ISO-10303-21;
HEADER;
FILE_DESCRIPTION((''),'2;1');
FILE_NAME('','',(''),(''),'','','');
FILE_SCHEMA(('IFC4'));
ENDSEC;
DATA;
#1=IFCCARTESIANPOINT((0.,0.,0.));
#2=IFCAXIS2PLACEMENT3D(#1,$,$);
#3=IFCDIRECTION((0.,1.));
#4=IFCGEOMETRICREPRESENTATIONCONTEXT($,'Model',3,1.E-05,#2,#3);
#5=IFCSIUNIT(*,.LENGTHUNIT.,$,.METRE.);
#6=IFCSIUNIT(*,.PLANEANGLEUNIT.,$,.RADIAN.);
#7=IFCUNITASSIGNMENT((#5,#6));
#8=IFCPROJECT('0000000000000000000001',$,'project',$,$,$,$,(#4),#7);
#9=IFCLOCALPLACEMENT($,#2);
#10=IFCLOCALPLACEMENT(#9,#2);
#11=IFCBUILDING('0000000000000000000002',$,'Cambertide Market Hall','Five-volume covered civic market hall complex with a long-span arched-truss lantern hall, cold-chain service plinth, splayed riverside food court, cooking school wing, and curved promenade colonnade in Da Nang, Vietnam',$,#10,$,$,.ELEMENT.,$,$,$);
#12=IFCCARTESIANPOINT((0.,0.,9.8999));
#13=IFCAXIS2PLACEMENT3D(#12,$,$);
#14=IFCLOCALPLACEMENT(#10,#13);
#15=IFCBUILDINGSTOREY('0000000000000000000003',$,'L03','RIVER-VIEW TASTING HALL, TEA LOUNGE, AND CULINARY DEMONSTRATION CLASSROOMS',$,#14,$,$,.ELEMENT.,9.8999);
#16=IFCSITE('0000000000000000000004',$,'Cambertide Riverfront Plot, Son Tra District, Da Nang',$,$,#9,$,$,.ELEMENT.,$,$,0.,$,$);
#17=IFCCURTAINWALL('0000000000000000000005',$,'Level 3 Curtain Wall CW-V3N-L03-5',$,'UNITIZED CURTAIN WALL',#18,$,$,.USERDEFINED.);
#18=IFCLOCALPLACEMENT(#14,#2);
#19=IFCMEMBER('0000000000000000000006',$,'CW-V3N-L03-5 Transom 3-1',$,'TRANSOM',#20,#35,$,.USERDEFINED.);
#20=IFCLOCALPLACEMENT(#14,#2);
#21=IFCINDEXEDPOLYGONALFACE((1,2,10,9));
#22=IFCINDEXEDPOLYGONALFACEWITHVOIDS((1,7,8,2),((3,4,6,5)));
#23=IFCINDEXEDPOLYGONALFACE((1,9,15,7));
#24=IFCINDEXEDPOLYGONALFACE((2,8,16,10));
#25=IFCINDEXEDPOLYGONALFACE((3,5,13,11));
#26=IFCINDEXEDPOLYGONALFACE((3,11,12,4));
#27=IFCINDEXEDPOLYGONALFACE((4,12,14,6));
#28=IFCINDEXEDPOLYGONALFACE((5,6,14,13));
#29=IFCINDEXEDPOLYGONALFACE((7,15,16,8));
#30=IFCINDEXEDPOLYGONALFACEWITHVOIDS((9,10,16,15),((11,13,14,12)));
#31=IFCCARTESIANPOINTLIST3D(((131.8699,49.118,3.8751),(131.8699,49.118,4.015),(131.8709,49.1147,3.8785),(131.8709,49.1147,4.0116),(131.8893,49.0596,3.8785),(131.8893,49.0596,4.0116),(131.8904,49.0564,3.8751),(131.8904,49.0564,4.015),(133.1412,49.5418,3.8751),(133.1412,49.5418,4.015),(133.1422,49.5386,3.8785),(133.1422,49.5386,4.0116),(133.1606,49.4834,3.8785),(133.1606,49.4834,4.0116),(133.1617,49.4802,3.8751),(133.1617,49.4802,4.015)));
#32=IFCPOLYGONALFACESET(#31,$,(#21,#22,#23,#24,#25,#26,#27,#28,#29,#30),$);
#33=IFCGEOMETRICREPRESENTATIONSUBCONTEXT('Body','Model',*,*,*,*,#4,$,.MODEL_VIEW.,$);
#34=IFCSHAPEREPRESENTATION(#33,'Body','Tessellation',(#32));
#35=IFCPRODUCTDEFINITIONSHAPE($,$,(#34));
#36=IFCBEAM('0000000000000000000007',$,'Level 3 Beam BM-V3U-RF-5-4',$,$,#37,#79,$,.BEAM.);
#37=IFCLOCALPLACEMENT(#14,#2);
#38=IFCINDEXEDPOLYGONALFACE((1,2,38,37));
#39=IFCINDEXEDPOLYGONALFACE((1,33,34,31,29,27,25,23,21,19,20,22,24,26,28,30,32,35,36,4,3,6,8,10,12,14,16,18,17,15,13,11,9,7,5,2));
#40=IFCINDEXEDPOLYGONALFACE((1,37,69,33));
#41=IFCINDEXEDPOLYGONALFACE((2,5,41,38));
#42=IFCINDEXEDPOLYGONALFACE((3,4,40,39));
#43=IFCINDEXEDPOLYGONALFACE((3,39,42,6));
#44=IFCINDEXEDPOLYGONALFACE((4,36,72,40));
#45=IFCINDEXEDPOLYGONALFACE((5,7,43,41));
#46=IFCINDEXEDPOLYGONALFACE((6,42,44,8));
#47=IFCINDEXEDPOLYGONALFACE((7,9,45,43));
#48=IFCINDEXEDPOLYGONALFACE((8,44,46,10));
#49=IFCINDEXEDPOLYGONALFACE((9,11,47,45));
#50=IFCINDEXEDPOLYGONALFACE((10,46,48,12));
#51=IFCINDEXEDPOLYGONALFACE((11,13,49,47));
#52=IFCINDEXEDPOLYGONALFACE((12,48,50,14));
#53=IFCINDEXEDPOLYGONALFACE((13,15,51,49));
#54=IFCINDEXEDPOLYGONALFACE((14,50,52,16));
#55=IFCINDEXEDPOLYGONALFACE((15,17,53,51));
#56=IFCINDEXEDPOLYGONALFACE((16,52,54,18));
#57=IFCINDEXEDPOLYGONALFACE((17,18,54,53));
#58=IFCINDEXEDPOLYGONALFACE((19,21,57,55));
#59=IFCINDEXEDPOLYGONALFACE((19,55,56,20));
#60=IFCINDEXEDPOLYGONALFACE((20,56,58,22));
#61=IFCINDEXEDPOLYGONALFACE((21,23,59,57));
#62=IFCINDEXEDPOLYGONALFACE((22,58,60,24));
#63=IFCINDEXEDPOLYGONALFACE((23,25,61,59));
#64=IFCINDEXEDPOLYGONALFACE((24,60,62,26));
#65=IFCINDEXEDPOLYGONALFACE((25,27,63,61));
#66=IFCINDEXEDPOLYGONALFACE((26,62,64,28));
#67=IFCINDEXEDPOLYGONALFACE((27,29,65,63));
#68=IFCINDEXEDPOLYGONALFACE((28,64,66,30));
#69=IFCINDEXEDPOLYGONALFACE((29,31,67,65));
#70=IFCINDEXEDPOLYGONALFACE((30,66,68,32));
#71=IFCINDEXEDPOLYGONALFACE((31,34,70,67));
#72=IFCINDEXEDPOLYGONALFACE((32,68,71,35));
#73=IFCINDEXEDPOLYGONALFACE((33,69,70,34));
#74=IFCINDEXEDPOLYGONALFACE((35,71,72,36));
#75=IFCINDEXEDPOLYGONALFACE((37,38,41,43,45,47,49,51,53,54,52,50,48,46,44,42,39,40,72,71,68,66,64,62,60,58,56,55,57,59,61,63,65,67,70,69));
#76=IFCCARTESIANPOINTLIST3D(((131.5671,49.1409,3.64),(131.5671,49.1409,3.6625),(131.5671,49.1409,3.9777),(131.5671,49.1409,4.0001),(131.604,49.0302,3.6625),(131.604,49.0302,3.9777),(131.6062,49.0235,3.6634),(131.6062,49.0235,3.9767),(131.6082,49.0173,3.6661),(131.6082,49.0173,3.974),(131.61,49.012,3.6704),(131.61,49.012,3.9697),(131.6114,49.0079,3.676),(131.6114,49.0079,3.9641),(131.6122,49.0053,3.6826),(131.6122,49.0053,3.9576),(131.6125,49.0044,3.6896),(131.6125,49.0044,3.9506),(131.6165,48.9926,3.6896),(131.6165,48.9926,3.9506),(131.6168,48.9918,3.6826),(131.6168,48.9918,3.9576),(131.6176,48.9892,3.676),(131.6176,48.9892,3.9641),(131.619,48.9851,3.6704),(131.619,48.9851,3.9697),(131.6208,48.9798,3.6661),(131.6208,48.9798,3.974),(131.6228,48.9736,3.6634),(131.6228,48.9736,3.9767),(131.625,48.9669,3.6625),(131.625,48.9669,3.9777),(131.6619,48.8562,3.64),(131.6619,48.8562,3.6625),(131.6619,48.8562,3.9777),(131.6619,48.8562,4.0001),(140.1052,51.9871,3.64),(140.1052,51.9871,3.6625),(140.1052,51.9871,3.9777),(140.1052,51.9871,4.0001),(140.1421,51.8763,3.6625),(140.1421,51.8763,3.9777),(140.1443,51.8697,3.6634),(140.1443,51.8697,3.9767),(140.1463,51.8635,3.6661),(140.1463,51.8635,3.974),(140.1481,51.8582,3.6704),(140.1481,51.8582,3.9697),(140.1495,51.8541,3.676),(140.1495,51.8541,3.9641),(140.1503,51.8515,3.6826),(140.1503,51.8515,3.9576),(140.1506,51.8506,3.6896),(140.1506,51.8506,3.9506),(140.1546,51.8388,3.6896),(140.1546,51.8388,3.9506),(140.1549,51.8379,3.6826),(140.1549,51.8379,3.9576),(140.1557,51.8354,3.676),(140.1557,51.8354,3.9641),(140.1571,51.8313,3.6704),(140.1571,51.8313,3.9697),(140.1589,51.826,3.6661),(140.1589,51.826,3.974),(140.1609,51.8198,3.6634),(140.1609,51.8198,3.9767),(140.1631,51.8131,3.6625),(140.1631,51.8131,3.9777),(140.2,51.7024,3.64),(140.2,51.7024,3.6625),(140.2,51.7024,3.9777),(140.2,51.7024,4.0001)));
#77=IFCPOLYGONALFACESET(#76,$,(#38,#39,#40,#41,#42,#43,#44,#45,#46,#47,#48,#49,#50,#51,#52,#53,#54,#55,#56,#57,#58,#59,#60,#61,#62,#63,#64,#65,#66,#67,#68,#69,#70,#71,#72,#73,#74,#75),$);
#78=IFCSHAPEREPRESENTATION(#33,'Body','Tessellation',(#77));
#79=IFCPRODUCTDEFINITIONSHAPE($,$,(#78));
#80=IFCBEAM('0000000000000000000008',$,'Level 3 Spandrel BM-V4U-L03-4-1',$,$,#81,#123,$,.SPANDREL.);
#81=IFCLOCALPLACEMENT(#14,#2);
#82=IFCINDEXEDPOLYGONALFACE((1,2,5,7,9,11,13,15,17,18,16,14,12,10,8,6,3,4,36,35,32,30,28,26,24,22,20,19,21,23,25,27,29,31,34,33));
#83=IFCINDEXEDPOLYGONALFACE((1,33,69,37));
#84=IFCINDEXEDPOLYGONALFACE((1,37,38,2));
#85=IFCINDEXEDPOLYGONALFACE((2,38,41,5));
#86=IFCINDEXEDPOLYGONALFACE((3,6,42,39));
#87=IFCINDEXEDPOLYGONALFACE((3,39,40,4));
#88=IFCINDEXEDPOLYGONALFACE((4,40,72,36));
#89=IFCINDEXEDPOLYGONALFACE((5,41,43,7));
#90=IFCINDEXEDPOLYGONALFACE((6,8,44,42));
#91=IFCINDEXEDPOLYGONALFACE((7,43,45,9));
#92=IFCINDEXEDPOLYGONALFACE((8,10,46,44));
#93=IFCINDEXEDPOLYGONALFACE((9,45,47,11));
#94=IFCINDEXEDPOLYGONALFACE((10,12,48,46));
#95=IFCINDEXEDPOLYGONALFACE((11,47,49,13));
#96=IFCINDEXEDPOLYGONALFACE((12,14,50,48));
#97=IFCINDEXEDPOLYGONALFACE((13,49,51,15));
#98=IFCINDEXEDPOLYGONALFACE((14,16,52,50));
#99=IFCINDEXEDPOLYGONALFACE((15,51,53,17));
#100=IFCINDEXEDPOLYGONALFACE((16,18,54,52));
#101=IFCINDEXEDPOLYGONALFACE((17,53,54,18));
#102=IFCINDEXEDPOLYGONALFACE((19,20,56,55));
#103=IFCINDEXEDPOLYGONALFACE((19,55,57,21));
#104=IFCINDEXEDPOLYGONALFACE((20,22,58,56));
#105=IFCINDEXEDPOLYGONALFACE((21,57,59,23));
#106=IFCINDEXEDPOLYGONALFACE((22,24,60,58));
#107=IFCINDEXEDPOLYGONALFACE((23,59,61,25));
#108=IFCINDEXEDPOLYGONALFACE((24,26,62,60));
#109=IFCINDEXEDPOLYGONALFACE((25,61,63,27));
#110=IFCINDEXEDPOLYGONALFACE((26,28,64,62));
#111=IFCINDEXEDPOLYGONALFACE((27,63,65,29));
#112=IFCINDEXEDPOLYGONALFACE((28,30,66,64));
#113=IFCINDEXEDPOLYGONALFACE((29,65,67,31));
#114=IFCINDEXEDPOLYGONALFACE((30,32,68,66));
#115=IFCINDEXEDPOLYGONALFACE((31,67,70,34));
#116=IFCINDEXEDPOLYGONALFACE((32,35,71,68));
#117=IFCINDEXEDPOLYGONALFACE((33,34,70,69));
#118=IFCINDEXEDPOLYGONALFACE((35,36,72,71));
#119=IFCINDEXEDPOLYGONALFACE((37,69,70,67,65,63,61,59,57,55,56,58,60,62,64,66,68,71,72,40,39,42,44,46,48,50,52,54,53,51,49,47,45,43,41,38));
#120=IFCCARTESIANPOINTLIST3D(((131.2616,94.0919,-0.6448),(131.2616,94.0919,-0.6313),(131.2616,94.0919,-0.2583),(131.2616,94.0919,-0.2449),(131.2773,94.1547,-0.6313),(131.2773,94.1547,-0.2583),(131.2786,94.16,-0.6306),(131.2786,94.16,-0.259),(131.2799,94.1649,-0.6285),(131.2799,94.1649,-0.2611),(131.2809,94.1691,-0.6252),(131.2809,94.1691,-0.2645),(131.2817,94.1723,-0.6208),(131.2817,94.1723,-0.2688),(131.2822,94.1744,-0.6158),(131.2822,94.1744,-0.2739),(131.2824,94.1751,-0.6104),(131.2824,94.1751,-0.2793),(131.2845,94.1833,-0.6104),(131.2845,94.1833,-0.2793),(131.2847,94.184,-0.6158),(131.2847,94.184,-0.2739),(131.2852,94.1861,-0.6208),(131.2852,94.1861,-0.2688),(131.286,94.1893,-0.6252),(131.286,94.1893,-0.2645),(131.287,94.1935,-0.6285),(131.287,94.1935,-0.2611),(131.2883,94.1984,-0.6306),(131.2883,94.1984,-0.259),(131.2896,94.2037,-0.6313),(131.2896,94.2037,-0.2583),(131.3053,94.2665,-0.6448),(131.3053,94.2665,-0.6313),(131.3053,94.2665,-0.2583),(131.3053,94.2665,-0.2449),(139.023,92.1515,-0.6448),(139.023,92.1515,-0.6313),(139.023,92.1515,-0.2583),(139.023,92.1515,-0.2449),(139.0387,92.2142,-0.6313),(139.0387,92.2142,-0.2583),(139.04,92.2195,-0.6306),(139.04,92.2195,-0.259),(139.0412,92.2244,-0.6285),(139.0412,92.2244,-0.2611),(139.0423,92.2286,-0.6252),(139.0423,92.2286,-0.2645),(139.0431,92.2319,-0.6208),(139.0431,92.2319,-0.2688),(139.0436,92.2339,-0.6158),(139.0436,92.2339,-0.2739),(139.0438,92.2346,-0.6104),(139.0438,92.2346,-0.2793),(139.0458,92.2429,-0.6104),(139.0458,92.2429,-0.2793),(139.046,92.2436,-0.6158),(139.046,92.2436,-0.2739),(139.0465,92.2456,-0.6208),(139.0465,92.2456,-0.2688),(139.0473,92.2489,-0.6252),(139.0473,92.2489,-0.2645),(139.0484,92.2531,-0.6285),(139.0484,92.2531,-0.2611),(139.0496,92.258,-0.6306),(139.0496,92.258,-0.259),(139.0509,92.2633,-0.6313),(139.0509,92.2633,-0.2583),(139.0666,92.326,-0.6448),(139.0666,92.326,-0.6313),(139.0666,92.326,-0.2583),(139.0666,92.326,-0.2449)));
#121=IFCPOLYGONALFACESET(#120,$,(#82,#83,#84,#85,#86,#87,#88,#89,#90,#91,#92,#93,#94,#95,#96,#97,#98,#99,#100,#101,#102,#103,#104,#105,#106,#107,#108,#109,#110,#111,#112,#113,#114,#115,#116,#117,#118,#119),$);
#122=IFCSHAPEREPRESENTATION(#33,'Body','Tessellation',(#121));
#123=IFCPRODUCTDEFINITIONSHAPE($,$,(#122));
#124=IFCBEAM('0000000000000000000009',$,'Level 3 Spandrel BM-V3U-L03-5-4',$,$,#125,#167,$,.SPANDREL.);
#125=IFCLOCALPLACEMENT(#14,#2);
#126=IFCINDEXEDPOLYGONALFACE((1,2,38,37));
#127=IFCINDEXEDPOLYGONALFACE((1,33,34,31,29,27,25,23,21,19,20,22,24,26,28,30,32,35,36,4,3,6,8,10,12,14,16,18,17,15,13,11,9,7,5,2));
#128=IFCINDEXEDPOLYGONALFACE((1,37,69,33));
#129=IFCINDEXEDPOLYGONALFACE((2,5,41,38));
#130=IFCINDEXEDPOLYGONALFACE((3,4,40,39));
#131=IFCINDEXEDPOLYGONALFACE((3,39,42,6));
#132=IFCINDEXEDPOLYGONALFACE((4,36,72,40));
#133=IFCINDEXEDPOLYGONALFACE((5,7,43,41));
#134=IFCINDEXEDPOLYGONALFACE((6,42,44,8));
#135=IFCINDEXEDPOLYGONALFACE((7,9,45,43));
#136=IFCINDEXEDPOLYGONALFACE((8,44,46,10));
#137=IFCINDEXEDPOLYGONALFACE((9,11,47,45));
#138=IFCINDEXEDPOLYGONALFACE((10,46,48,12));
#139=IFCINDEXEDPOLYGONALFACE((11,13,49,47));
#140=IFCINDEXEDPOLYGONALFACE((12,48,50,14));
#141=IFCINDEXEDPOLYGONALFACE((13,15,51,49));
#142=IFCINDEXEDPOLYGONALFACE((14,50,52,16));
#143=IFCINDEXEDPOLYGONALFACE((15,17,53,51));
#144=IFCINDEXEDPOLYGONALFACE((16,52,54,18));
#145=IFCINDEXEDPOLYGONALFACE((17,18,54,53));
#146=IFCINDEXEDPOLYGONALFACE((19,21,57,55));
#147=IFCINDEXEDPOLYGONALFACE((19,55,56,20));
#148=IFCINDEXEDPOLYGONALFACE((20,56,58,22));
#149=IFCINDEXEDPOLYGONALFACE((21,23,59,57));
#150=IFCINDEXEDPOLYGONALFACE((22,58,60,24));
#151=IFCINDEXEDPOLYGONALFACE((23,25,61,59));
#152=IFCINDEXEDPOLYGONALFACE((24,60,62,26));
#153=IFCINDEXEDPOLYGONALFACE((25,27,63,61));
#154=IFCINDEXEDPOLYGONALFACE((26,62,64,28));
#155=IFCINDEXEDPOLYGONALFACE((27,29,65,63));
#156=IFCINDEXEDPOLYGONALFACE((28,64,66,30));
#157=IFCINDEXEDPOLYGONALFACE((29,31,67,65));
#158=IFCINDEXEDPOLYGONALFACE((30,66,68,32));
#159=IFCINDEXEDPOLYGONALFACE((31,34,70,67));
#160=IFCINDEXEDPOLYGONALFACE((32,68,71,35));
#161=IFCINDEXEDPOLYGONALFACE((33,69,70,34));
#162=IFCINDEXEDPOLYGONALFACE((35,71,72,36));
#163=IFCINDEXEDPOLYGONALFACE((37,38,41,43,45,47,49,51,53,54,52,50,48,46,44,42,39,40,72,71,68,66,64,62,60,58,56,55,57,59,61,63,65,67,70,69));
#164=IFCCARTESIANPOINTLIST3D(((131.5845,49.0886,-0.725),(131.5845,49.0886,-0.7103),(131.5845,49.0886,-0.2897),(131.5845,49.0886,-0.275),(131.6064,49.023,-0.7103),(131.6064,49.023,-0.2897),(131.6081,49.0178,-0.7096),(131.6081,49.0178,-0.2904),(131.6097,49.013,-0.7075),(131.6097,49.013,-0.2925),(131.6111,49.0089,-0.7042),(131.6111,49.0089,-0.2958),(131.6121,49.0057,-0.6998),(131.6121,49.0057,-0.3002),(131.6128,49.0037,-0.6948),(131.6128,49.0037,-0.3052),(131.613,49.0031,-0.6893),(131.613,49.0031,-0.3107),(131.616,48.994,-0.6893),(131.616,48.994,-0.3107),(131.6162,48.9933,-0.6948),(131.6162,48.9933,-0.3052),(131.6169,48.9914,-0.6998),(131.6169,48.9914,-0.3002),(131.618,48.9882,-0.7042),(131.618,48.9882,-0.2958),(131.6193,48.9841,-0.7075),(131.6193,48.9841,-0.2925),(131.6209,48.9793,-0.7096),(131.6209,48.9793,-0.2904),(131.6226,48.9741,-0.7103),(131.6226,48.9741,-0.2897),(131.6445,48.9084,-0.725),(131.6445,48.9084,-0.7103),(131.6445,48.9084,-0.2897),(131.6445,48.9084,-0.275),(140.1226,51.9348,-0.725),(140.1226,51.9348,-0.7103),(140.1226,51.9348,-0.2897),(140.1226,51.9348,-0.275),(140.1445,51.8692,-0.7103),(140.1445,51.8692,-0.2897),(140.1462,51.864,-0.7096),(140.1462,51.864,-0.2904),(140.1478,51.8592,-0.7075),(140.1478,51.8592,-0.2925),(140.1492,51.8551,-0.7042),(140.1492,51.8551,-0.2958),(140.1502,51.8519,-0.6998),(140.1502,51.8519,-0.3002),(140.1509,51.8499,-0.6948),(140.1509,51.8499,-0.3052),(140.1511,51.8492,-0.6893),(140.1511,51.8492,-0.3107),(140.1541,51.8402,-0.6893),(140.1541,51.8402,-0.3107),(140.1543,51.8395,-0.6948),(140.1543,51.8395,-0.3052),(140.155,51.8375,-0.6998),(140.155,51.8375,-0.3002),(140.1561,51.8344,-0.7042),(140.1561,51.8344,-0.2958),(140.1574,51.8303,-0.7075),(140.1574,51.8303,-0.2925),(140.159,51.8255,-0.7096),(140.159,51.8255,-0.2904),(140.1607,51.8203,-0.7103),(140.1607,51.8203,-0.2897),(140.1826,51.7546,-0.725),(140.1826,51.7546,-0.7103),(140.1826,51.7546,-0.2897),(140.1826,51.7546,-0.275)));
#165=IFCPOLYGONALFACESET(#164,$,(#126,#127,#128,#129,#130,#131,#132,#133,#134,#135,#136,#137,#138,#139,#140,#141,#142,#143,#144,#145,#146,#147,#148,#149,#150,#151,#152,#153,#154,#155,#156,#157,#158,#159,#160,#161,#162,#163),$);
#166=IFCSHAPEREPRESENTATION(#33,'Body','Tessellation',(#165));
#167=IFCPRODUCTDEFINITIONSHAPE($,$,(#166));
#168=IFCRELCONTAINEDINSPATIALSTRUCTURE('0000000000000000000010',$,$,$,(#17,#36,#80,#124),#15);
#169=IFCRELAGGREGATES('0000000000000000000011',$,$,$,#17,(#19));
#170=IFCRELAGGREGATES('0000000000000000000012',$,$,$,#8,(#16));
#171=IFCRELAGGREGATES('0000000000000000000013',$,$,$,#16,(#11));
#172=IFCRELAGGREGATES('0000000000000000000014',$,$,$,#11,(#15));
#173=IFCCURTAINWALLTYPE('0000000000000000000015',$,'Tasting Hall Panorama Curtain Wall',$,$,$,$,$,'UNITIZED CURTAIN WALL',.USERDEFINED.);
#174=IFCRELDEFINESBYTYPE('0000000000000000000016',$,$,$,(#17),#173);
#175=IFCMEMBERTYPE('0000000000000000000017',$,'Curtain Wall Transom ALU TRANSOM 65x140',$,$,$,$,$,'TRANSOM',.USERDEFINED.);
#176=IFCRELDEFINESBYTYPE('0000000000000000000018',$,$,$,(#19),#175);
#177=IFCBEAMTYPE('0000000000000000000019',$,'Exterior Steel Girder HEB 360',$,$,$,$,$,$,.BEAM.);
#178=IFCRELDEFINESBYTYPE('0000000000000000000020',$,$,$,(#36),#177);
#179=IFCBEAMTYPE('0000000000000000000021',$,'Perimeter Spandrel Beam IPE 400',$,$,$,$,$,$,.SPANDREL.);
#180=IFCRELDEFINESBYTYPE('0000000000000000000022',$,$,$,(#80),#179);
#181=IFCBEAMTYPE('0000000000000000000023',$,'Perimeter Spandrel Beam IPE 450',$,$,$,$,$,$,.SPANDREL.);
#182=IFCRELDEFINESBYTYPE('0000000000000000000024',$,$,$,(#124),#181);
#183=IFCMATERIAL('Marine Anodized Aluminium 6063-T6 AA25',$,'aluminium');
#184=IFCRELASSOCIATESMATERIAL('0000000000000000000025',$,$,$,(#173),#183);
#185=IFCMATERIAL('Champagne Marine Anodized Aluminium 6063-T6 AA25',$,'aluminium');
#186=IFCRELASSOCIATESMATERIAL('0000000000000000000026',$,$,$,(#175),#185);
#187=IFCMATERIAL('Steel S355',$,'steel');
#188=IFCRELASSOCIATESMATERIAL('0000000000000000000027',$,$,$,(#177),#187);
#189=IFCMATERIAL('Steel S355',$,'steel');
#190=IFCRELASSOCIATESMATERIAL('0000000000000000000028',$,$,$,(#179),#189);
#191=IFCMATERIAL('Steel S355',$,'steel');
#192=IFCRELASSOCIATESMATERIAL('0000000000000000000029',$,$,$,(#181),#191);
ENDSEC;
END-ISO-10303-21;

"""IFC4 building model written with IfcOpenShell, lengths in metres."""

from ifc_helpers import new_model, si_unit, direction, frame, origin, origin_2d, place, context, subcontext, project, spatial, hollow_rectangle, i_section, extrude, material, material_profile, profile_set, type_object, element, aggregate, save


model = new_model("IFC4")

# Units and contexts
model_context = context("Model", 3, precision=1e-05, world=origin(), true_north=direction((0.0, 1.0)))
body_context = subcontext(model_context, "Body", "Model", "MODEL_VIEW")
ifc_project = project(units=[si_unit("LENGTHUNIT", "METRE"), si_unit("PLANEANGLEUNIT", "RADIAN")], contexts=[model_context])

# Site, building, storey
site_placement = place(None, origin())
site = spatial("IfcSite", under=ifc_project, at=site_placement, Name="Cambertide Riverfront Plot, Son Tra District, Da Nang", CompositionType="ELEMENT", RefElevation=0.0)
building_placement = place(site_placement, origin())
building = spatial("IfcBuilding", under=site, at=building_placement, Name="Cambertide Market Hall", Description="Five-volume covered civic market hall complex with a long-span arched-truss lantern hall, cold-chain service plinth, splayed riverside food court, cooking school wing, and curved promenade colonnade in Da Nang, Vietnam", CompositionType="ELEMENT")
storey_placement = place(building_placement, frame((0.0, 0.0, 9.8999)))
storey = spatial("IfcBuildingStorey", under=building, at=storey_placement, Name="L03", Description="RIVER-VIEW TASTING HALL, TEA LOUNGE, AND CULINARY DEMONSTRATION CLASSROOMS", CompositionType="ELEMENT", Elevation=9.8999)

# Curtain wall
ifc_material_1 = material(Name="Marine Anodized Aluminium 6063-T6 AA25", Category="aluminium")
curtain_wall_type_1 = type_object("IfcCurtainWallType", Name="Tasting Hall Panorama Curtain Wall", ElementType="UNITIZED CURTAIN WALL", PredefinedType="USERDEFINED", material=ifc_material_1)
curtain_wall_1_placement = place(storey_placement, origin())
curtain_wall_1 = element("IfcCurtainWall", 1, at=curtain_wall_1_placement, inside=storey, type_object=curtain_wall_type_1, Name="Level 3 Curtain Wall CW-V3N-L03-5", ObjectType="UNITIZED CURTAIN WALL", PredefinedType="USERDEFINED")

# Member
ifc_material_2 = material(Name="Champagne Marine Anodized Aluminium 6063-T6 AA25", Category="aluminium")
ifc_material_profile_1 = material_profile(ifc_material_2, hollow_rectangle(XDim=0.0649, YDim=0.1399, WallThickness=0.0034, at=origin_2d()), Name="ALU TRANSOM 65x140")
ifc_profile_set_1 = profile_set([ifc_material_profile_1], Name="Champagne Marine Anodized Aluminium 6063-T6 AA25")
member_type_1 = type_object("IfcMemberType", Name="Curtain Wall Transom ALU TRANSOM 65x140", ElementType="TRANSOM", PredefinedType="USERDEFINED", material=ifc_profile_set_1)
member_1_placement = place(storey_placement, frame((131.8801, 49.0872, 3.9451), z_axis=(0.948665, 0.316282, 0.0), x_axis=(-0.316282, 0.948665, 0.0)))
member_1 = element("IfcMember", 2, at=member_1_placement, type_object=member_type_1, Name="CW-V3N-L03-5 Transom 3-1", ObjectType="TRANSOM", PredefinedType="USERDEFINED", context=body_context, shape_type="SweptSolid", body=[
    extrude(hollow_rectangle(XDim=0.0649, YDim=0.1399, WallThickness=0.0034, at=origin_2d()), origin(), (0.0, 0.0, 1.0), 1.3401),
])
aggregate(curtain_wall_1, [member_1])

# Beams
ifc_material_3 = material(Name="Steel S355", Category="steel")
ifc_material_profile_2 = material_profile(ifc_material_3, i_section(OverallWidth=0.3, OverallDepth=0.3601, WebThickness=0.0125, FlangeThickness=0.0225, FilletRadius=0.0271, at=origin_2d()), Name="HEB 360")
ifc_profile_set_2 = profile_set([ifc_material_profile_2], Name="Steel S355")
beam_type_1 = type_object("IfcBeamType", Name="Exterior Steel Girder HEB 360", PredefinedType="BEAM", material=ifc_profile_set_2)
beam_1_placement = place(storey_placement, frame((131.6145, 48.9985, 3.8201), z_axis=(0.948678, 0.316244, 0.0), x_axis=(-0.316244, 0.948678, 0.0)))
element("IfcBeam", 3, at=beam_1_placement, inside=storey, type_object=beam_type_1, Name="Level 3 Beam BM-V3U-RF-5-4", PredefinedType="BEAM", context=body_context, shape_type="SweptSolid", body=[
    extrude(i_section(OverallWidth=0.3, OverallDepth=0.3601, WebThickness=0.0125, FlangeThickness=0.0225, FilletRadius=0.0271, at=origin_2d()), origin(), (0.0, 0.0, 1.0), 9.0),
])
ifc_material_4 = material(Name="Steel S355", Category="steel")
ifc_material_profile_3 = material_profile(ifc_material_4, i_section(OverallWidth=0.1799, OverallDepth=0.3999, WebThickness=0.0085, FlangeThickness=0.0134, FilletRadius=0.021, at=origin_2d()), Name="IPE 400")
ifc_profile_set_3 = profile_set([ifc_material_profile_3], Name="Steel S355")
beam_type_2 = type_object("IfcBeamType", Name="Perimeter Spandrel Beam IPE 400", PredefinedType="SPANDREL", material=ifc_profile_set_3)
beam_2_placement = place(storey_placement, frame((131.2834, 94.1792, -0.4448), z_axis=(0.970139, -0.24255, 0.0), x_axis=(0.24255, 0.970139, 0.0)))
element("IfcBeam", 4, at=beam_2_placement, inside=storey, type_object=beam_type_2, Name="Level 3 Spandrel BM-V4U-L03-4-1", PredefinedType="SPANDREL", context=body_context, shape_type="SweptSolid", body=[
    extrude(i_section(OverallWidth=0.1799, OverallDepth=0.3999, WebThickness=0.0085, FlangeThickness=0.0134, FilletRadius=0.021, at=origin_2d()), origin(), (0.0, 0.0, 1.0), 8.0002),
])
ifc_material_5 = material(Name="Steel S355", Category="steel")
ifc_material_profile_4 = material_profile(ifc_material_5, i_section(OverallWidth=0.1899, OverallDepth=0.45, WebThickness=0.0095, FlangeThickness=0.0146, FilletRadius=0.021, at=origin_2d()), Name="IPE 450")
ifc_profile_set_4 = profile_set([ifc_material_profile_4], Name="Steel S355")
beam_type_3 = type_object("IfcBeamType", Name="Perimeter Spandrel Beam IPE 450", PredefinedType="SPANDREL", material=ifc_profile_set_4)
beam_3_placement = place(storey_placement, frame((131.6145, 48.9985, -0.5), z_axis=(0.948678, 0.316244, 0.0), x_axis=(-0.316244, 0.948678, 0.0)))
element("IfcBeam", 5, at=beam_3_placement, inside=storey, type_object=beam_type_3, Name="Level 3 Spandrel BM-V3U-L03-5-4", PredefinedType="SPANDREL", context=body_context, shape_type="SweptSolid", body=[
    extrude(i_section(OverallWidth=0.1899, OverallDepth=0.45, WebThickness=0.0095, FlangeThickness=0.0146, FilletRadius=0.021, at=origin_2d()), origin(), (0.0, 0.0, 1.0), 9.0),
])

save(model, "model.ifc")
